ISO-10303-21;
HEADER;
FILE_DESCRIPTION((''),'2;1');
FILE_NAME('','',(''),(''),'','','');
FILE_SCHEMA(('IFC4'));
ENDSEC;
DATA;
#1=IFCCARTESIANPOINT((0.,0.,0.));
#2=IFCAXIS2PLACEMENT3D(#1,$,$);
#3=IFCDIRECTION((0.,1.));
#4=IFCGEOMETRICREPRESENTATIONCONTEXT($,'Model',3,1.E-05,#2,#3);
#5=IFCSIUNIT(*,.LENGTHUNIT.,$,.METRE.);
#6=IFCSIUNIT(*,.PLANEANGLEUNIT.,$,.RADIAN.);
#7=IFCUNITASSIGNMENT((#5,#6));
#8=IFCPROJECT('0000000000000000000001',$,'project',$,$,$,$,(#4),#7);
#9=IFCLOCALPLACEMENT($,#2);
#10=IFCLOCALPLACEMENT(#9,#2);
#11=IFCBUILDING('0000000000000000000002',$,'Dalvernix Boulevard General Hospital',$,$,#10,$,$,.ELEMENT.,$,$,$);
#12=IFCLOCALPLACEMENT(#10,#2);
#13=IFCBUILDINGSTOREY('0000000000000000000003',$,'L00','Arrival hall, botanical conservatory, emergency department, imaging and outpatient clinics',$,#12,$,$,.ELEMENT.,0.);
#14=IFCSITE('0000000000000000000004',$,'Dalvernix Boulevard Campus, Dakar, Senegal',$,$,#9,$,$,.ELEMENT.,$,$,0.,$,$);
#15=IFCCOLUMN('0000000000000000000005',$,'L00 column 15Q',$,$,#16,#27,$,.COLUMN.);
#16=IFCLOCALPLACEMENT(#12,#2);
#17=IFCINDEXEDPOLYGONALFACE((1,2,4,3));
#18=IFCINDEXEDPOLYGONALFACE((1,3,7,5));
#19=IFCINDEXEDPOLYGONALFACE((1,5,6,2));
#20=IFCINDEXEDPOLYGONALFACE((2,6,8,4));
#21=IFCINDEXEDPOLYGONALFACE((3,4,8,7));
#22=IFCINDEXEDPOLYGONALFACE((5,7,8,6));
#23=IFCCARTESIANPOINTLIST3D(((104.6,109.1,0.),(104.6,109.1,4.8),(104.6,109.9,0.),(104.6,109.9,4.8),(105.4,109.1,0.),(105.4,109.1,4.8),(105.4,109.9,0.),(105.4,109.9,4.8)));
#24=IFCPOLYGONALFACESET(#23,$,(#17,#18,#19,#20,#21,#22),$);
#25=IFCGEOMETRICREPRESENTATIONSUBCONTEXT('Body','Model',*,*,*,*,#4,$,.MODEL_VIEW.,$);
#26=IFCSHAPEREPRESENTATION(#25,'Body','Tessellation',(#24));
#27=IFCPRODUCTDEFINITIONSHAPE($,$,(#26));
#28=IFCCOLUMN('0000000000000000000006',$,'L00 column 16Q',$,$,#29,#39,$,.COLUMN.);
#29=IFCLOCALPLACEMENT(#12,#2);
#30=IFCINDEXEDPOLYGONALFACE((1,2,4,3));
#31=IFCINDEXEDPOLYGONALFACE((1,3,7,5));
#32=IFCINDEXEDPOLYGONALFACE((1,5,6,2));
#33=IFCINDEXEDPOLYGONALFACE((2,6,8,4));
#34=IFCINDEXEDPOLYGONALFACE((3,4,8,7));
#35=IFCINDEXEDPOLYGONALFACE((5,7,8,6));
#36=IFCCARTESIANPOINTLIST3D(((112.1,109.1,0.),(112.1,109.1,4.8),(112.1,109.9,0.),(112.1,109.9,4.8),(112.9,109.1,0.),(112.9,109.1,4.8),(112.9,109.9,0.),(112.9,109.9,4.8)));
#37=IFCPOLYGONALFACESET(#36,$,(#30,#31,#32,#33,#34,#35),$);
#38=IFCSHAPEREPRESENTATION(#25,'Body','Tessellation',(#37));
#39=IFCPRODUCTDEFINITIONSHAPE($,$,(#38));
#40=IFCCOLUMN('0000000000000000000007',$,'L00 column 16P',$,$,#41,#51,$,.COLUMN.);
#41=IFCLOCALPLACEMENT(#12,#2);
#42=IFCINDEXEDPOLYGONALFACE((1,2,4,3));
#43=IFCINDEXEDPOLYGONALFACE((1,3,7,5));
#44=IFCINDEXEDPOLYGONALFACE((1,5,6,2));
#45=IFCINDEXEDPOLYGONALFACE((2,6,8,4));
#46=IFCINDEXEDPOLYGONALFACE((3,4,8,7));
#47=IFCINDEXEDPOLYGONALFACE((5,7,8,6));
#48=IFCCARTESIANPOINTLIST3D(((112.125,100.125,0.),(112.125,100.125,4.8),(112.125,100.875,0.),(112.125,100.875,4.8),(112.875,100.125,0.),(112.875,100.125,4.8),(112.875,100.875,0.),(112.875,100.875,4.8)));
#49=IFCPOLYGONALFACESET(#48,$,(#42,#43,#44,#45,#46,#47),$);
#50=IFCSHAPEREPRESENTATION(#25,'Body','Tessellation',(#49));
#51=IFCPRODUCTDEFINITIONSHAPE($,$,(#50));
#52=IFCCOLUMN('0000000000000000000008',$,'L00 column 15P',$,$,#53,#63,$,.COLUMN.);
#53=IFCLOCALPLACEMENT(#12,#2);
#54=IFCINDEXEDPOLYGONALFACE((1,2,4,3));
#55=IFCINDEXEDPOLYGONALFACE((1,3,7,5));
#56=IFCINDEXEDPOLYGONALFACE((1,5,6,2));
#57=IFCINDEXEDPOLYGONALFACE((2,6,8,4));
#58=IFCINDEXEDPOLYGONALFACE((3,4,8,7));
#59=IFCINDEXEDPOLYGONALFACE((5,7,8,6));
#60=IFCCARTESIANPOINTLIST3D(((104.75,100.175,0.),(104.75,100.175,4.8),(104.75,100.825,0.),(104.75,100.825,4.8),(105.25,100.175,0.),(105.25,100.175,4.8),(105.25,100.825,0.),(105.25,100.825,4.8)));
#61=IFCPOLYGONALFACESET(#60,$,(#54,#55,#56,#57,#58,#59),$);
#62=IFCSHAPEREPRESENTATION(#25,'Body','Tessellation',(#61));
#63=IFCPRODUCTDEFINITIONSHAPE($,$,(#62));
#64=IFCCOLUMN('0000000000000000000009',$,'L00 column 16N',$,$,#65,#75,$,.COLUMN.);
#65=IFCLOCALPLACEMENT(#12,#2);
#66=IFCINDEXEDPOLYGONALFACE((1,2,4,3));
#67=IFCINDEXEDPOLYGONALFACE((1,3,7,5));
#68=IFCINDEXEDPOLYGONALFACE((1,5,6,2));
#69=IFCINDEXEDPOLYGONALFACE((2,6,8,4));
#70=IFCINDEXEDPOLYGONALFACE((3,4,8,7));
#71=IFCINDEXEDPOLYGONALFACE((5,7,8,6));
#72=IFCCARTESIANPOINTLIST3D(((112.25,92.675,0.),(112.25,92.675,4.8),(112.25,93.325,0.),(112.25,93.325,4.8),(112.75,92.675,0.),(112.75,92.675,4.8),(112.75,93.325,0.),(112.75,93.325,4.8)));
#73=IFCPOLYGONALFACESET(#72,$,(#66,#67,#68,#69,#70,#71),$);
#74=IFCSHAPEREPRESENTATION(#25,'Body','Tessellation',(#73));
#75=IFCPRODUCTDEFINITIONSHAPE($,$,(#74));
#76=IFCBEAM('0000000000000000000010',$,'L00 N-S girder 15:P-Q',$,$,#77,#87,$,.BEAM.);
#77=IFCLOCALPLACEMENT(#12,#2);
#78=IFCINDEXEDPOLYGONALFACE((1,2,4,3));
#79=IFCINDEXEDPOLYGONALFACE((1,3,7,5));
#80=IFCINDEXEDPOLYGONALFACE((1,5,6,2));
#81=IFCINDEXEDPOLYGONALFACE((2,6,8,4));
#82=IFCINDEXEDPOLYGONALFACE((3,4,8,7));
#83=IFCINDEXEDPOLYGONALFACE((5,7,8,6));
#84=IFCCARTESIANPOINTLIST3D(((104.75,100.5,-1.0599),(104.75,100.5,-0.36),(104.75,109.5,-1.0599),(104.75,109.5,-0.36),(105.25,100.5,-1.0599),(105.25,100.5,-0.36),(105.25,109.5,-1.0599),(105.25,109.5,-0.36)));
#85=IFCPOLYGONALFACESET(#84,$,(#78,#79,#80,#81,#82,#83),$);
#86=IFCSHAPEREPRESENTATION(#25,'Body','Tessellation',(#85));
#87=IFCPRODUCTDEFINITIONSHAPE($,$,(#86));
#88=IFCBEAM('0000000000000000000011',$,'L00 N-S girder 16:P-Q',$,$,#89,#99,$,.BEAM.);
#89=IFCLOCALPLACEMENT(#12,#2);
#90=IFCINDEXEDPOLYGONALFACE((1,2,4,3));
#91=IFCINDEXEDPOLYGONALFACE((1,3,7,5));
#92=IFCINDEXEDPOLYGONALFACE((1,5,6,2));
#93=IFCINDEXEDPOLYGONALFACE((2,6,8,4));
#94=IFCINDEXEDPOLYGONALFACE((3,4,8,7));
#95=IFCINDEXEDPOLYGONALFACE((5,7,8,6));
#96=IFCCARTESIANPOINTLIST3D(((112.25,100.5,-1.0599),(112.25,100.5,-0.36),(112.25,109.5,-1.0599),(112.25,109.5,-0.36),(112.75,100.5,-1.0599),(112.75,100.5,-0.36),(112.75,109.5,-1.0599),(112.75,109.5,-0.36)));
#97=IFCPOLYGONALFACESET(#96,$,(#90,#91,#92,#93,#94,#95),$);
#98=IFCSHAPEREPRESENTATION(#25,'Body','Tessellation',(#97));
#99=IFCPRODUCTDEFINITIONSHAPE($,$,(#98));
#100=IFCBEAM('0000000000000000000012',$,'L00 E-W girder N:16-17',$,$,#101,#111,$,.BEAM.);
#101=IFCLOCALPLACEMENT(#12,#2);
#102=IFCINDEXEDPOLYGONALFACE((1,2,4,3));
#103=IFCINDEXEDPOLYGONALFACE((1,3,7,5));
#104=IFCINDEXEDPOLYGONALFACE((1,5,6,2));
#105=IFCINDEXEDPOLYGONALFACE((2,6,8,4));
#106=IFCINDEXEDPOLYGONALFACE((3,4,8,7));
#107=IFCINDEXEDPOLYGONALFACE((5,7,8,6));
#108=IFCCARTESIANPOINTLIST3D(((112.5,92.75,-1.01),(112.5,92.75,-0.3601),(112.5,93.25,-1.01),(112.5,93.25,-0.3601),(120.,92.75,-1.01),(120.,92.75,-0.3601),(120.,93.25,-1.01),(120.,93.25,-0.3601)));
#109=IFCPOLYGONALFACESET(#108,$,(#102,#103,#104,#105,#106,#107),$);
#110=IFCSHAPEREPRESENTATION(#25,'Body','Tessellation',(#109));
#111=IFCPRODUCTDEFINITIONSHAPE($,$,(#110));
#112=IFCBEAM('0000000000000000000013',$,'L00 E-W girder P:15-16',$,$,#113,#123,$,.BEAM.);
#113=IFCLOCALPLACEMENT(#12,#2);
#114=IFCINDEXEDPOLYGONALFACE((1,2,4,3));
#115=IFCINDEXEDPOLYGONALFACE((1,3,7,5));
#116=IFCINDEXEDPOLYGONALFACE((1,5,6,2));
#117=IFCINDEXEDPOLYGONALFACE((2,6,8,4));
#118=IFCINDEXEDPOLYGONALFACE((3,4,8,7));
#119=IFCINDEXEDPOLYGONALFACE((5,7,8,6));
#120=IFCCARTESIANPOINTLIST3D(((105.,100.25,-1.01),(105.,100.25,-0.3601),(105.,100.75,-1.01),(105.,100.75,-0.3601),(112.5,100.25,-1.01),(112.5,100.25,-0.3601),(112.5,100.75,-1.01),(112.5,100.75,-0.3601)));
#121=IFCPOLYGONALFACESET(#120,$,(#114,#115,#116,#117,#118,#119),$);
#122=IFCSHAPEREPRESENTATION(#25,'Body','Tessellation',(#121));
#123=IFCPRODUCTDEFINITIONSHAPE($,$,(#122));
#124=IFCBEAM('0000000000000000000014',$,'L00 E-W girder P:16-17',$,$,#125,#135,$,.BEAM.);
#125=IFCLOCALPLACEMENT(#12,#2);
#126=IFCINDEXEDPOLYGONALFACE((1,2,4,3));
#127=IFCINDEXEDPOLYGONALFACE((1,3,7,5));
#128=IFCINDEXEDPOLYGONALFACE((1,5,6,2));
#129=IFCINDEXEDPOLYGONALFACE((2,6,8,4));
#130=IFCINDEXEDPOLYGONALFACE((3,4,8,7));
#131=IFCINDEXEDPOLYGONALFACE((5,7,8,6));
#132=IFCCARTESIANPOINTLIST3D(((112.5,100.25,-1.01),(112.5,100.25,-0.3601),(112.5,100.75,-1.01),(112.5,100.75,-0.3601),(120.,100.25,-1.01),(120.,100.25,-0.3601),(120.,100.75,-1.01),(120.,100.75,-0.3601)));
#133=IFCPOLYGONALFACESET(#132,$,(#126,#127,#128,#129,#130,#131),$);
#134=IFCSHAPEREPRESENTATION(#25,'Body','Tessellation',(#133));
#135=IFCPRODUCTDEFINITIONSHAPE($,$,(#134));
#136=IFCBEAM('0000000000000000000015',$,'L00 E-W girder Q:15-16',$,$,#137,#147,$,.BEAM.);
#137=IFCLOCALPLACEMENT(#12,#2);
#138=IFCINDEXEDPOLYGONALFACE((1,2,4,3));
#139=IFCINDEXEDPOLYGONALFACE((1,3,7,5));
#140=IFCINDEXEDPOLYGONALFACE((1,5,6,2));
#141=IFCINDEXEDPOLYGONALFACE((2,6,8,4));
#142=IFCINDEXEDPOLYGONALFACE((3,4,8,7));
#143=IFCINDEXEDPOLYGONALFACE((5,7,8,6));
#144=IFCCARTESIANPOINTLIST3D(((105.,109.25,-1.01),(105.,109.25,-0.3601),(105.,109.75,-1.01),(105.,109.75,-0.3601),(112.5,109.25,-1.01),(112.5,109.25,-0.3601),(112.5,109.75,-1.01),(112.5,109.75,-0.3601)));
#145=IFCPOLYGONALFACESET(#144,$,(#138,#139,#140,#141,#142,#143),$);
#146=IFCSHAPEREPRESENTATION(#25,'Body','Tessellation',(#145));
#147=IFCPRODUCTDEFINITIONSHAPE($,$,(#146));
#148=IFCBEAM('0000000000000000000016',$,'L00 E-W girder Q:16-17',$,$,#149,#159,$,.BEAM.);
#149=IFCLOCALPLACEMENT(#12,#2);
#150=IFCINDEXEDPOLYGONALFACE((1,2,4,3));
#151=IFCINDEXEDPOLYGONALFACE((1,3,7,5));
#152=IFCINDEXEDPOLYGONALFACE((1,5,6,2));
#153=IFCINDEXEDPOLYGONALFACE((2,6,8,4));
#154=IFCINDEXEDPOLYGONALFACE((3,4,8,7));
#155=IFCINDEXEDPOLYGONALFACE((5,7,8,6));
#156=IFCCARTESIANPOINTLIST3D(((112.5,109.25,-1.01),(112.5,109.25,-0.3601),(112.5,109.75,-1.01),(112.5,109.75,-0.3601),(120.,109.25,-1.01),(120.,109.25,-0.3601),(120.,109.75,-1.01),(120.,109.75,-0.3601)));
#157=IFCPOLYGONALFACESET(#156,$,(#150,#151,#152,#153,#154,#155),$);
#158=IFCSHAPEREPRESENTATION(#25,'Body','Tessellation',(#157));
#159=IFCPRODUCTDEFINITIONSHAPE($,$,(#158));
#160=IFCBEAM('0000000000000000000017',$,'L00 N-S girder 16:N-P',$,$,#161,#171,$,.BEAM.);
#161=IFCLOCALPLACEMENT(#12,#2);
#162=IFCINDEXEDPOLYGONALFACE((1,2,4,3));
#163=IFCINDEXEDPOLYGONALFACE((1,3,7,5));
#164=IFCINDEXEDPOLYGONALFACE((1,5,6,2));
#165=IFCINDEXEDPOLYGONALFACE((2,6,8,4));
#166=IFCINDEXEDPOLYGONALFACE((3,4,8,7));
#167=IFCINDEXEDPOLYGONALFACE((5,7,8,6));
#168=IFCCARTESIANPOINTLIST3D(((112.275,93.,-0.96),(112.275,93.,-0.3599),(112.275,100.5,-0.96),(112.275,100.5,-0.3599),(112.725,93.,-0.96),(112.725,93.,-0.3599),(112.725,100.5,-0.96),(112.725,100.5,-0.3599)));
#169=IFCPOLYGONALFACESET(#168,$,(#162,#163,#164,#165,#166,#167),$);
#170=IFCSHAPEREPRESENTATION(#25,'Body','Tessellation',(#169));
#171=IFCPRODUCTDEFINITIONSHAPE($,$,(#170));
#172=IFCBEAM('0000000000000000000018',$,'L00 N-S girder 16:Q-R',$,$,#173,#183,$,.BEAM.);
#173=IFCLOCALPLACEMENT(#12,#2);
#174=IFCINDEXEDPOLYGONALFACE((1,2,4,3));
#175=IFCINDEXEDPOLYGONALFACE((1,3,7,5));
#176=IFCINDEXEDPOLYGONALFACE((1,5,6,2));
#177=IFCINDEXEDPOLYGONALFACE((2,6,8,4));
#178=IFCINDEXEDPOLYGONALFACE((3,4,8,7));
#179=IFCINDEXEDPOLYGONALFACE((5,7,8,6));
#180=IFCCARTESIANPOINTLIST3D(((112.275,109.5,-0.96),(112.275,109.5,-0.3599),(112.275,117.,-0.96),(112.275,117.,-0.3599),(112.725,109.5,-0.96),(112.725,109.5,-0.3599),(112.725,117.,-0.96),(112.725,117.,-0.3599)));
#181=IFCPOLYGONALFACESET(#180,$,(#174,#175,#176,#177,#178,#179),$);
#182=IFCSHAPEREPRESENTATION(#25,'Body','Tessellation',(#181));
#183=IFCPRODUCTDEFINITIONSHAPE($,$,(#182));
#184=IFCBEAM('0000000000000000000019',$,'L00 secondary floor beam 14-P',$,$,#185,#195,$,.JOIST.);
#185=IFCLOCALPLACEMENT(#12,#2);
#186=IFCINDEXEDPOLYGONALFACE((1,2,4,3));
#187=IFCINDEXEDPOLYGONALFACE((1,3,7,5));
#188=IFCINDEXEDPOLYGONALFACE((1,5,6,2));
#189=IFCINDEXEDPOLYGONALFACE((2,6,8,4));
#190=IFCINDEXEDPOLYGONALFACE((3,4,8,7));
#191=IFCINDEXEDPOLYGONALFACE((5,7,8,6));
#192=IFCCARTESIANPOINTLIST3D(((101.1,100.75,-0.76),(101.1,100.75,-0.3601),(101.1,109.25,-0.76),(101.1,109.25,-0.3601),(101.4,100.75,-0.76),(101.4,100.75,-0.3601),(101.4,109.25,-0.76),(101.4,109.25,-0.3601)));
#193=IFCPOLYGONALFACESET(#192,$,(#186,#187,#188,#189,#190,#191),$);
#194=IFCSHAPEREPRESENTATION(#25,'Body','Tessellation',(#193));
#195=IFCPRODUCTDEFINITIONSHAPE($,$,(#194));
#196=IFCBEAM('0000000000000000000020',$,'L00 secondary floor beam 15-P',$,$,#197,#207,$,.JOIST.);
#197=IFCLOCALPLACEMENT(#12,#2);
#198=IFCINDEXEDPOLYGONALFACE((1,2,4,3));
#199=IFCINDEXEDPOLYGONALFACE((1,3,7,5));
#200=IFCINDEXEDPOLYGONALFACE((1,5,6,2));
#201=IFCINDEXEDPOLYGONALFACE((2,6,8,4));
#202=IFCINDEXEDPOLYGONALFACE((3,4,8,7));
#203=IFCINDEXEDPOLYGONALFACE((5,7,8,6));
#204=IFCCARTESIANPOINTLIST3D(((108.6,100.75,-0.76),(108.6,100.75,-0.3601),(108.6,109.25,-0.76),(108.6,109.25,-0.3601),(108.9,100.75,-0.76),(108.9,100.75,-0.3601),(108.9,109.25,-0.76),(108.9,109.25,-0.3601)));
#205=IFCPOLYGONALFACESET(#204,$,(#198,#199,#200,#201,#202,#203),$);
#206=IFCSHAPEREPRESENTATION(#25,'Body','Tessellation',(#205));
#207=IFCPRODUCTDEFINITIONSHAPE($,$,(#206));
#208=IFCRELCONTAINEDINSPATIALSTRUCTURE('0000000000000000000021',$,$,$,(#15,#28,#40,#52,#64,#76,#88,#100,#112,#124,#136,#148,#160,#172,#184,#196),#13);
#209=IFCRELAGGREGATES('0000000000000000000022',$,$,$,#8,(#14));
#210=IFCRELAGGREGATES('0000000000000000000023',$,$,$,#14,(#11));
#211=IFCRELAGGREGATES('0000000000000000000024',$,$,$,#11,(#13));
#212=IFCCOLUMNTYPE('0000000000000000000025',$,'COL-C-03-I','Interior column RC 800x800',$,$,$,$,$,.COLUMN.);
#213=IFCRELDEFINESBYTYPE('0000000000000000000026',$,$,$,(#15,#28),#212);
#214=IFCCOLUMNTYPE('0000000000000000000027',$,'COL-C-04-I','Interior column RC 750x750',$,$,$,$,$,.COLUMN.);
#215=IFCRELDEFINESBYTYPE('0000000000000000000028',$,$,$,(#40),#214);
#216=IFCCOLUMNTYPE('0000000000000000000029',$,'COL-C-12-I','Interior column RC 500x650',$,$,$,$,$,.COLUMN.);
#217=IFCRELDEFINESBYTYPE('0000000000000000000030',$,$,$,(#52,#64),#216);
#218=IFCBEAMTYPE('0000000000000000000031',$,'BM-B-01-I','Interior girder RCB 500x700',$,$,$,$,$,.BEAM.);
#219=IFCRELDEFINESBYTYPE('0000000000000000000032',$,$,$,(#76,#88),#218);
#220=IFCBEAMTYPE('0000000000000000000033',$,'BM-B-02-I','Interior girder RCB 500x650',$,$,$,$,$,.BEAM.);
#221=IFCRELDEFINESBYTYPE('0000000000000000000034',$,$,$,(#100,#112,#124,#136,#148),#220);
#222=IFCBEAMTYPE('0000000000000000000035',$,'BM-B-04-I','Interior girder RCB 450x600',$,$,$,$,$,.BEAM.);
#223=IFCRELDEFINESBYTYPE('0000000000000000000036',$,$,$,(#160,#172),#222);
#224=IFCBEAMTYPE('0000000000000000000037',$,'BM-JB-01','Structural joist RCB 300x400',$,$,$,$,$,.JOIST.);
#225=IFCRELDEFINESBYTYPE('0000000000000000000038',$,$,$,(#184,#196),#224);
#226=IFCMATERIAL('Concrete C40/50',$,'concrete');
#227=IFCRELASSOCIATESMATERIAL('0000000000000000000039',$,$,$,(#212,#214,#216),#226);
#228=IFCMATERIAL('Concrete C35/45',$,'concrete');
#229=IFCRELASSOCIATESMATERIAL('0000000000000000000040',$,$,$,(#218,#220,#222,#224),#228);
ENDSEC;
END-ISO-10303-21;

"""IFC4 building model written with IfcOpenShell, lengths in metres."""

from ifc_helpers import new_model, si_unit, direction, frame, origin, origin_2d, place, context, subcontext, project, spatial, rectangle, extrude, material, material_profile, profile_set, type_object, element, save


model = new_model("IFC4")

# Units and contexts
model_context = context("Model", 3, precision=1e-05, world=origin(), true_north=direction((0.0, 1.0)))
body_context = subcontext(model_context, "Body", "Model", "MODEL_VIEW")
ifc_project = project(units=[si_unit("LENGTHUNIT", "METRE"), si_unit("PLANEANGLEUNIT", "RADIAN")], contexts=[model_context])

# Site, building, storey
site_placement = place(None, origin())
site = spatial("IfcSite", under=ifc_project, at=site_placement, Name="Dalvernix Boulevard Campus, Dakar, Senegal", CompositionType="ELEMENT", RefElevation=0.0)
building_placement = place(site_placement, origin())
building = spatial("IfcBuilding", under=site, at=building_placement, Name="Dalvernix Boulevard General Hospital", CompositionType="ELEMENT")
storey_placement = place(building_placement, origin())
storey = spatial("IfcBuildingStorey", under=building, at=storey_placement, Name="L00", Description="Arrival hall, botanical conservatory, emergency department, imaging and outpatient clinics", CompositionType="ELEMENT", Elevation=0.0)

# Columns
ifc_material_1 = material(Name="Concrete C40/50", Category="concrete")
ifc_material_profile_1 = material_profile(ifc_material_1, rectangle(XDim=0.8, YDim=0.8, at=origin_2d()), Name="RC 800x800")
ifc_profile_set_1 = profile_set([ifc_material_profile_1], Name="Concrete C40/50")
column_type_1 = type_object("IfcColumnType", Name="COL-C-03-I", Description="Interior column RC 800x800", PredefinedType="COLUMN", material=ifc_profile_set_1)
for number, where, z_axis, x_axis, name in (
    (1, (105.0, 109.5, 0.0), (0.0, 0.0, 1.0), (1.0, 0.0, 0.0), "L00 column 15Q"),
    (2, (112.5, 109.5, 0.0), (0.0, 0.0, 1.0), (1.0, 0.0, 0.0), "L00 column 16Q"),
):
    element("IfcColumn", number, at=place(storey_placement, frame(where, z_axis=z_axis, x_axis=x_axis)), inside=storey, type_object=column_type_1, Name=name, PredefinedType="COLUMN", context=body_context, shape_type="SweptSolid", body=[
        extrude(rectangle(XDim=0.8, YDim=0.8, at=origin_2d()), origin(), (0.0, 0.0, 1.0), 4.8),
    ])
ifc_material_profile_2 = material_profile(ifc_material_1, rectangle(XDim=0.75, YDim=0.75, at=origin_2d()), Name="RC 750x750")
ifc_profile_set_2 = profile_set([ifc_material_profile_2], Name="Concrete C40/50")
column_type_2 = type_object("IfcColumnType", Name="COL-C-04-I", Description="Interior column RC 750x750", PredefinedType="COLUMN", material=ifc_profile_set_2)
column_placement = place(storey_placement, frame((112.5, 100.5, 0.0), z_axis=(0.0, 0.0, 1.0), x_axis=(1.0, 0.0, 0.0)))
element("IfcColumn", 3, at=column_placement, inside=storey, type_object=column_type_2, Name="L00 column 16P", PredefinedType="COLUMN", context=body_context, shape_type="SweptSolid", body=[
    extrude(rectangle(XDim=0.75, YDim=0.75, at=origin_2d()), origin(), (0.0, 0.0, 1.0), 4.8),
])
ifc_material_profile_3 = material_profile(ifc_material_1, rectangle(XDim=0.5, YDim=0.6499, at=origin_2d()), Name="RC 500x650")
ifc_profile_set_3 = profile_set([ifc_material_profile_3], Name="Concrete C40/50")
column_type_3 = type_object("IfcColumnType", Name="COL-C-12-I", Description="Interior column RC 500x650", PredefinedType="COLUMN", material=ifc_profile_set_3)
for number, where, z_axis, x_axis, name in (
    (4, (105.0, 100.5, 0.0), (0.0, 0.0, 1.0), (1.0, 0.0, 0.0), "L00 column 15P"),
    (5, (112.5, 93.0, 0.0), (0.0, 0.0, 1.0), (1.0, 0.0, 0.0), "L00 column 16N"),
):
    element("IfcColumn", number, at=place(storey_placement, frame(where, z_axis=z_axis, x_axis=x_axis)), inside=storey, type_object=column_type_3, Name=name, PredefinedType="COLUMN", context=body_context, shape_type="SweptSolid", body=[
        extrude(rectangle(XDim=0.5, YDim=0.6499, at=origin_2d()), origin(), (0.0, 0.0, 1.0), 4.8),
    ])

# Beams
ifc_material_2 = material(Name="Concrete C35/45", Category="concrete")
ifc_material_profile_4 = material_profile(ifc_material_2, rectangle(XDim=0.5, YDim=0.7, at=origin_2d()), Name="RCB 500x700")
ifc_profile_set_4 = profile_set([ifc_material_profile_4], Name="Concrete C35/45")
beam_type_1 = type_object("IfcBeamType", Name="BM-B-01-I", Description="Interior girder RCB 500x700", PredefinedType="BEAM", material=ifc_profile_set_4)
for number, where, z_axis, x_axis, name in (
    (6, (105.0, 100.5, -0.71), (0.0, 1.0, 0.0), (-1.0, 0.0, 0.0), "L00 N-S girder 15:P-Q"),
    (7, (112.5, 100.5, -0.71), (0.0, 1.0, 0.0), (-1.0, 0.0, 0.0), "L00 N-S girder 16:P-Q"),
):
    element("IfcBeam", number, at=place(storey_placement, frame(where, z_axis=z_axis, x_axis=x_axis)), inside=storey, type_object=beam_type_1, Name=name, PredefinedType="BEAM", context=body_context, shape_type="SweptSolid", body=[
        extrude(rectangle(XDim=0.5, YDim=0.7, at=origin_2d()), origin(), (0.0, 0.0, 1.0), 9.0),
    ])
ifc_material_profile_5 = material_profile(ifc_material_2, rectangle(XDim=0.5, YDim=0.6499, at=origin_2d()), Name="RCB 500x650")
ifc_profile_set_5 = profile_set([ifc_material_profile_5], Name="Concrete C35/45")
beam_type_2 = type_object("IfcBeamType", Name="BM-B-02-I", Description="Interior girder RCB 500x650", PredefinedType="BEAM", material=ifc_profile_set_5)
for number, where, z_axis, x_axis, name in (
    (8, (112.5, 93.0, -0.6851), (1.0, 0.0, 0.0), (0.0, 1.0, 0.0), "L00 E-W girder N:16-17"),
    (9, (105.0, 100.5, -0.6851), (1.0, 0.0, 0.0), (0.0, 1.0, 0.0), "L00 E-W girder P:15-16"),
    (10, (112.5, 100.5, -0.6851), (1.0, 0.0, 0.0), (0.0, 1.0, 0.0), "L00 E-W girder P:16-17"),
    (11, (105.0, 109.5, -0.6851), (1.0, 0.0, 0.0), (0.0, 1.0, 0.0), "L00 E-W girder Q:15-16"),
    (12, (112.5, 109.5, -0.6851), (1.0, 0.0, 0.0), (0.0, 1.0, 0.0), "L00 E-W girder Q:16-17"),
):
    element("IfcBeam", number, at=place(storey_placement, frame(where, z_axis=z_axis, x_axis=x_axis)), inside=storey, type_object=beam_type_2, Name=name, PredefinedType="BEAM", context=body_context, shape_type="SweptSolid", body=[
        extrude(rectangle(XDim=0.5, YDim=0.6499, at=origin_2d()), origin(), (0.0, 0.0, 1.0), 7.5),
    ])
ifc_material_profile_6 = material_profile(ifc_material_2, rectangle(XDim=0.45, YDim=0.6001, at=origin_2d()), Name="RCB 450x600")
ifc_profile_set_6 = profile_set([ifc_material_profile_6], Name="Concrete C35/45")
beam_type_3 = type_object("IfcBeamType", Name="BM-B-04-I", Description="Interior girder RCB 450x600", PredefinedType="BEAM", material=ifc_profile_set_6)
for number, where, z_axis, x_axis, name in (
    (13, (112.5, 93.0, -0.6599), (0.0, 1.0, 0.0), (-1.0, 0.0, 0.0), "L00 N-S girder 16:N-P"),
    (14, (112.5, 109.5, -0.6599), (0.0, 1.0, 0.0), (-1.0, 0.0, 0.0), "L00 N-S girder 16:Q-R"),
):
    element("IfcBeam", number, at=place(storey_placement, frame(where, z_axis=z_axis, x_axis=x_axis)), inside=storey, type_object=beam_type_3, Name=name, PredefinedType="BEAM", context=body_context, shape_type="SweptSolid", body=[
        extrude(rectangle(XDim=0.45, YDim=0.6001, at=origin_2d()), origin(), (0.0, 0.0, 1.0), 7.5),
    ])
ifc_material_profile_7 = material_profile(ifc_material_2, rectangle(XDim=0.3, YDim=0.3999, at=origin_2d()), Name="RCB 300x400")
ifc_profile_set_7 = profile_set([ifc_material_profile_7], Name="Concrete C35/45")
beam_type_4 = type_object("IfcBeamType", Name="BM-JB-01", Description="Structural joist RCB 300x400", PredefinedType="JOIST", material=ifc_profile_set_7)
for number, where, z_axis, x_axis, name in (
    (15, (101.25, 100.75, -0.5601), (0.0, 1.0, 0.0), (-1.0, 0.0, 0.0), "L00 secondary floor beam 14-P"),
    (16, (108.75, 100.75, -0.5601), (0.0, 1.0, 0.0), (-1.0, 0.0, 0.0), "L00 secondary floor beam 15-P"),
):
    element("IfcBeam", number, at=place(storey_placement, frame(where, z_axis=z_axis, x_axis=x_axis)), inside=storey, type_object=beam_type_4, Name=name, PredefinedType="JOIST", context=body_context, shape_type="SweptSolid", body=[
        extrude(rectangle(XDim=0.3, YDim=0.3999, at=origin_2d()), origin(), (0.0, 0.0, 1.0), 8.5),
    ])

save(model, "model.ifc")
